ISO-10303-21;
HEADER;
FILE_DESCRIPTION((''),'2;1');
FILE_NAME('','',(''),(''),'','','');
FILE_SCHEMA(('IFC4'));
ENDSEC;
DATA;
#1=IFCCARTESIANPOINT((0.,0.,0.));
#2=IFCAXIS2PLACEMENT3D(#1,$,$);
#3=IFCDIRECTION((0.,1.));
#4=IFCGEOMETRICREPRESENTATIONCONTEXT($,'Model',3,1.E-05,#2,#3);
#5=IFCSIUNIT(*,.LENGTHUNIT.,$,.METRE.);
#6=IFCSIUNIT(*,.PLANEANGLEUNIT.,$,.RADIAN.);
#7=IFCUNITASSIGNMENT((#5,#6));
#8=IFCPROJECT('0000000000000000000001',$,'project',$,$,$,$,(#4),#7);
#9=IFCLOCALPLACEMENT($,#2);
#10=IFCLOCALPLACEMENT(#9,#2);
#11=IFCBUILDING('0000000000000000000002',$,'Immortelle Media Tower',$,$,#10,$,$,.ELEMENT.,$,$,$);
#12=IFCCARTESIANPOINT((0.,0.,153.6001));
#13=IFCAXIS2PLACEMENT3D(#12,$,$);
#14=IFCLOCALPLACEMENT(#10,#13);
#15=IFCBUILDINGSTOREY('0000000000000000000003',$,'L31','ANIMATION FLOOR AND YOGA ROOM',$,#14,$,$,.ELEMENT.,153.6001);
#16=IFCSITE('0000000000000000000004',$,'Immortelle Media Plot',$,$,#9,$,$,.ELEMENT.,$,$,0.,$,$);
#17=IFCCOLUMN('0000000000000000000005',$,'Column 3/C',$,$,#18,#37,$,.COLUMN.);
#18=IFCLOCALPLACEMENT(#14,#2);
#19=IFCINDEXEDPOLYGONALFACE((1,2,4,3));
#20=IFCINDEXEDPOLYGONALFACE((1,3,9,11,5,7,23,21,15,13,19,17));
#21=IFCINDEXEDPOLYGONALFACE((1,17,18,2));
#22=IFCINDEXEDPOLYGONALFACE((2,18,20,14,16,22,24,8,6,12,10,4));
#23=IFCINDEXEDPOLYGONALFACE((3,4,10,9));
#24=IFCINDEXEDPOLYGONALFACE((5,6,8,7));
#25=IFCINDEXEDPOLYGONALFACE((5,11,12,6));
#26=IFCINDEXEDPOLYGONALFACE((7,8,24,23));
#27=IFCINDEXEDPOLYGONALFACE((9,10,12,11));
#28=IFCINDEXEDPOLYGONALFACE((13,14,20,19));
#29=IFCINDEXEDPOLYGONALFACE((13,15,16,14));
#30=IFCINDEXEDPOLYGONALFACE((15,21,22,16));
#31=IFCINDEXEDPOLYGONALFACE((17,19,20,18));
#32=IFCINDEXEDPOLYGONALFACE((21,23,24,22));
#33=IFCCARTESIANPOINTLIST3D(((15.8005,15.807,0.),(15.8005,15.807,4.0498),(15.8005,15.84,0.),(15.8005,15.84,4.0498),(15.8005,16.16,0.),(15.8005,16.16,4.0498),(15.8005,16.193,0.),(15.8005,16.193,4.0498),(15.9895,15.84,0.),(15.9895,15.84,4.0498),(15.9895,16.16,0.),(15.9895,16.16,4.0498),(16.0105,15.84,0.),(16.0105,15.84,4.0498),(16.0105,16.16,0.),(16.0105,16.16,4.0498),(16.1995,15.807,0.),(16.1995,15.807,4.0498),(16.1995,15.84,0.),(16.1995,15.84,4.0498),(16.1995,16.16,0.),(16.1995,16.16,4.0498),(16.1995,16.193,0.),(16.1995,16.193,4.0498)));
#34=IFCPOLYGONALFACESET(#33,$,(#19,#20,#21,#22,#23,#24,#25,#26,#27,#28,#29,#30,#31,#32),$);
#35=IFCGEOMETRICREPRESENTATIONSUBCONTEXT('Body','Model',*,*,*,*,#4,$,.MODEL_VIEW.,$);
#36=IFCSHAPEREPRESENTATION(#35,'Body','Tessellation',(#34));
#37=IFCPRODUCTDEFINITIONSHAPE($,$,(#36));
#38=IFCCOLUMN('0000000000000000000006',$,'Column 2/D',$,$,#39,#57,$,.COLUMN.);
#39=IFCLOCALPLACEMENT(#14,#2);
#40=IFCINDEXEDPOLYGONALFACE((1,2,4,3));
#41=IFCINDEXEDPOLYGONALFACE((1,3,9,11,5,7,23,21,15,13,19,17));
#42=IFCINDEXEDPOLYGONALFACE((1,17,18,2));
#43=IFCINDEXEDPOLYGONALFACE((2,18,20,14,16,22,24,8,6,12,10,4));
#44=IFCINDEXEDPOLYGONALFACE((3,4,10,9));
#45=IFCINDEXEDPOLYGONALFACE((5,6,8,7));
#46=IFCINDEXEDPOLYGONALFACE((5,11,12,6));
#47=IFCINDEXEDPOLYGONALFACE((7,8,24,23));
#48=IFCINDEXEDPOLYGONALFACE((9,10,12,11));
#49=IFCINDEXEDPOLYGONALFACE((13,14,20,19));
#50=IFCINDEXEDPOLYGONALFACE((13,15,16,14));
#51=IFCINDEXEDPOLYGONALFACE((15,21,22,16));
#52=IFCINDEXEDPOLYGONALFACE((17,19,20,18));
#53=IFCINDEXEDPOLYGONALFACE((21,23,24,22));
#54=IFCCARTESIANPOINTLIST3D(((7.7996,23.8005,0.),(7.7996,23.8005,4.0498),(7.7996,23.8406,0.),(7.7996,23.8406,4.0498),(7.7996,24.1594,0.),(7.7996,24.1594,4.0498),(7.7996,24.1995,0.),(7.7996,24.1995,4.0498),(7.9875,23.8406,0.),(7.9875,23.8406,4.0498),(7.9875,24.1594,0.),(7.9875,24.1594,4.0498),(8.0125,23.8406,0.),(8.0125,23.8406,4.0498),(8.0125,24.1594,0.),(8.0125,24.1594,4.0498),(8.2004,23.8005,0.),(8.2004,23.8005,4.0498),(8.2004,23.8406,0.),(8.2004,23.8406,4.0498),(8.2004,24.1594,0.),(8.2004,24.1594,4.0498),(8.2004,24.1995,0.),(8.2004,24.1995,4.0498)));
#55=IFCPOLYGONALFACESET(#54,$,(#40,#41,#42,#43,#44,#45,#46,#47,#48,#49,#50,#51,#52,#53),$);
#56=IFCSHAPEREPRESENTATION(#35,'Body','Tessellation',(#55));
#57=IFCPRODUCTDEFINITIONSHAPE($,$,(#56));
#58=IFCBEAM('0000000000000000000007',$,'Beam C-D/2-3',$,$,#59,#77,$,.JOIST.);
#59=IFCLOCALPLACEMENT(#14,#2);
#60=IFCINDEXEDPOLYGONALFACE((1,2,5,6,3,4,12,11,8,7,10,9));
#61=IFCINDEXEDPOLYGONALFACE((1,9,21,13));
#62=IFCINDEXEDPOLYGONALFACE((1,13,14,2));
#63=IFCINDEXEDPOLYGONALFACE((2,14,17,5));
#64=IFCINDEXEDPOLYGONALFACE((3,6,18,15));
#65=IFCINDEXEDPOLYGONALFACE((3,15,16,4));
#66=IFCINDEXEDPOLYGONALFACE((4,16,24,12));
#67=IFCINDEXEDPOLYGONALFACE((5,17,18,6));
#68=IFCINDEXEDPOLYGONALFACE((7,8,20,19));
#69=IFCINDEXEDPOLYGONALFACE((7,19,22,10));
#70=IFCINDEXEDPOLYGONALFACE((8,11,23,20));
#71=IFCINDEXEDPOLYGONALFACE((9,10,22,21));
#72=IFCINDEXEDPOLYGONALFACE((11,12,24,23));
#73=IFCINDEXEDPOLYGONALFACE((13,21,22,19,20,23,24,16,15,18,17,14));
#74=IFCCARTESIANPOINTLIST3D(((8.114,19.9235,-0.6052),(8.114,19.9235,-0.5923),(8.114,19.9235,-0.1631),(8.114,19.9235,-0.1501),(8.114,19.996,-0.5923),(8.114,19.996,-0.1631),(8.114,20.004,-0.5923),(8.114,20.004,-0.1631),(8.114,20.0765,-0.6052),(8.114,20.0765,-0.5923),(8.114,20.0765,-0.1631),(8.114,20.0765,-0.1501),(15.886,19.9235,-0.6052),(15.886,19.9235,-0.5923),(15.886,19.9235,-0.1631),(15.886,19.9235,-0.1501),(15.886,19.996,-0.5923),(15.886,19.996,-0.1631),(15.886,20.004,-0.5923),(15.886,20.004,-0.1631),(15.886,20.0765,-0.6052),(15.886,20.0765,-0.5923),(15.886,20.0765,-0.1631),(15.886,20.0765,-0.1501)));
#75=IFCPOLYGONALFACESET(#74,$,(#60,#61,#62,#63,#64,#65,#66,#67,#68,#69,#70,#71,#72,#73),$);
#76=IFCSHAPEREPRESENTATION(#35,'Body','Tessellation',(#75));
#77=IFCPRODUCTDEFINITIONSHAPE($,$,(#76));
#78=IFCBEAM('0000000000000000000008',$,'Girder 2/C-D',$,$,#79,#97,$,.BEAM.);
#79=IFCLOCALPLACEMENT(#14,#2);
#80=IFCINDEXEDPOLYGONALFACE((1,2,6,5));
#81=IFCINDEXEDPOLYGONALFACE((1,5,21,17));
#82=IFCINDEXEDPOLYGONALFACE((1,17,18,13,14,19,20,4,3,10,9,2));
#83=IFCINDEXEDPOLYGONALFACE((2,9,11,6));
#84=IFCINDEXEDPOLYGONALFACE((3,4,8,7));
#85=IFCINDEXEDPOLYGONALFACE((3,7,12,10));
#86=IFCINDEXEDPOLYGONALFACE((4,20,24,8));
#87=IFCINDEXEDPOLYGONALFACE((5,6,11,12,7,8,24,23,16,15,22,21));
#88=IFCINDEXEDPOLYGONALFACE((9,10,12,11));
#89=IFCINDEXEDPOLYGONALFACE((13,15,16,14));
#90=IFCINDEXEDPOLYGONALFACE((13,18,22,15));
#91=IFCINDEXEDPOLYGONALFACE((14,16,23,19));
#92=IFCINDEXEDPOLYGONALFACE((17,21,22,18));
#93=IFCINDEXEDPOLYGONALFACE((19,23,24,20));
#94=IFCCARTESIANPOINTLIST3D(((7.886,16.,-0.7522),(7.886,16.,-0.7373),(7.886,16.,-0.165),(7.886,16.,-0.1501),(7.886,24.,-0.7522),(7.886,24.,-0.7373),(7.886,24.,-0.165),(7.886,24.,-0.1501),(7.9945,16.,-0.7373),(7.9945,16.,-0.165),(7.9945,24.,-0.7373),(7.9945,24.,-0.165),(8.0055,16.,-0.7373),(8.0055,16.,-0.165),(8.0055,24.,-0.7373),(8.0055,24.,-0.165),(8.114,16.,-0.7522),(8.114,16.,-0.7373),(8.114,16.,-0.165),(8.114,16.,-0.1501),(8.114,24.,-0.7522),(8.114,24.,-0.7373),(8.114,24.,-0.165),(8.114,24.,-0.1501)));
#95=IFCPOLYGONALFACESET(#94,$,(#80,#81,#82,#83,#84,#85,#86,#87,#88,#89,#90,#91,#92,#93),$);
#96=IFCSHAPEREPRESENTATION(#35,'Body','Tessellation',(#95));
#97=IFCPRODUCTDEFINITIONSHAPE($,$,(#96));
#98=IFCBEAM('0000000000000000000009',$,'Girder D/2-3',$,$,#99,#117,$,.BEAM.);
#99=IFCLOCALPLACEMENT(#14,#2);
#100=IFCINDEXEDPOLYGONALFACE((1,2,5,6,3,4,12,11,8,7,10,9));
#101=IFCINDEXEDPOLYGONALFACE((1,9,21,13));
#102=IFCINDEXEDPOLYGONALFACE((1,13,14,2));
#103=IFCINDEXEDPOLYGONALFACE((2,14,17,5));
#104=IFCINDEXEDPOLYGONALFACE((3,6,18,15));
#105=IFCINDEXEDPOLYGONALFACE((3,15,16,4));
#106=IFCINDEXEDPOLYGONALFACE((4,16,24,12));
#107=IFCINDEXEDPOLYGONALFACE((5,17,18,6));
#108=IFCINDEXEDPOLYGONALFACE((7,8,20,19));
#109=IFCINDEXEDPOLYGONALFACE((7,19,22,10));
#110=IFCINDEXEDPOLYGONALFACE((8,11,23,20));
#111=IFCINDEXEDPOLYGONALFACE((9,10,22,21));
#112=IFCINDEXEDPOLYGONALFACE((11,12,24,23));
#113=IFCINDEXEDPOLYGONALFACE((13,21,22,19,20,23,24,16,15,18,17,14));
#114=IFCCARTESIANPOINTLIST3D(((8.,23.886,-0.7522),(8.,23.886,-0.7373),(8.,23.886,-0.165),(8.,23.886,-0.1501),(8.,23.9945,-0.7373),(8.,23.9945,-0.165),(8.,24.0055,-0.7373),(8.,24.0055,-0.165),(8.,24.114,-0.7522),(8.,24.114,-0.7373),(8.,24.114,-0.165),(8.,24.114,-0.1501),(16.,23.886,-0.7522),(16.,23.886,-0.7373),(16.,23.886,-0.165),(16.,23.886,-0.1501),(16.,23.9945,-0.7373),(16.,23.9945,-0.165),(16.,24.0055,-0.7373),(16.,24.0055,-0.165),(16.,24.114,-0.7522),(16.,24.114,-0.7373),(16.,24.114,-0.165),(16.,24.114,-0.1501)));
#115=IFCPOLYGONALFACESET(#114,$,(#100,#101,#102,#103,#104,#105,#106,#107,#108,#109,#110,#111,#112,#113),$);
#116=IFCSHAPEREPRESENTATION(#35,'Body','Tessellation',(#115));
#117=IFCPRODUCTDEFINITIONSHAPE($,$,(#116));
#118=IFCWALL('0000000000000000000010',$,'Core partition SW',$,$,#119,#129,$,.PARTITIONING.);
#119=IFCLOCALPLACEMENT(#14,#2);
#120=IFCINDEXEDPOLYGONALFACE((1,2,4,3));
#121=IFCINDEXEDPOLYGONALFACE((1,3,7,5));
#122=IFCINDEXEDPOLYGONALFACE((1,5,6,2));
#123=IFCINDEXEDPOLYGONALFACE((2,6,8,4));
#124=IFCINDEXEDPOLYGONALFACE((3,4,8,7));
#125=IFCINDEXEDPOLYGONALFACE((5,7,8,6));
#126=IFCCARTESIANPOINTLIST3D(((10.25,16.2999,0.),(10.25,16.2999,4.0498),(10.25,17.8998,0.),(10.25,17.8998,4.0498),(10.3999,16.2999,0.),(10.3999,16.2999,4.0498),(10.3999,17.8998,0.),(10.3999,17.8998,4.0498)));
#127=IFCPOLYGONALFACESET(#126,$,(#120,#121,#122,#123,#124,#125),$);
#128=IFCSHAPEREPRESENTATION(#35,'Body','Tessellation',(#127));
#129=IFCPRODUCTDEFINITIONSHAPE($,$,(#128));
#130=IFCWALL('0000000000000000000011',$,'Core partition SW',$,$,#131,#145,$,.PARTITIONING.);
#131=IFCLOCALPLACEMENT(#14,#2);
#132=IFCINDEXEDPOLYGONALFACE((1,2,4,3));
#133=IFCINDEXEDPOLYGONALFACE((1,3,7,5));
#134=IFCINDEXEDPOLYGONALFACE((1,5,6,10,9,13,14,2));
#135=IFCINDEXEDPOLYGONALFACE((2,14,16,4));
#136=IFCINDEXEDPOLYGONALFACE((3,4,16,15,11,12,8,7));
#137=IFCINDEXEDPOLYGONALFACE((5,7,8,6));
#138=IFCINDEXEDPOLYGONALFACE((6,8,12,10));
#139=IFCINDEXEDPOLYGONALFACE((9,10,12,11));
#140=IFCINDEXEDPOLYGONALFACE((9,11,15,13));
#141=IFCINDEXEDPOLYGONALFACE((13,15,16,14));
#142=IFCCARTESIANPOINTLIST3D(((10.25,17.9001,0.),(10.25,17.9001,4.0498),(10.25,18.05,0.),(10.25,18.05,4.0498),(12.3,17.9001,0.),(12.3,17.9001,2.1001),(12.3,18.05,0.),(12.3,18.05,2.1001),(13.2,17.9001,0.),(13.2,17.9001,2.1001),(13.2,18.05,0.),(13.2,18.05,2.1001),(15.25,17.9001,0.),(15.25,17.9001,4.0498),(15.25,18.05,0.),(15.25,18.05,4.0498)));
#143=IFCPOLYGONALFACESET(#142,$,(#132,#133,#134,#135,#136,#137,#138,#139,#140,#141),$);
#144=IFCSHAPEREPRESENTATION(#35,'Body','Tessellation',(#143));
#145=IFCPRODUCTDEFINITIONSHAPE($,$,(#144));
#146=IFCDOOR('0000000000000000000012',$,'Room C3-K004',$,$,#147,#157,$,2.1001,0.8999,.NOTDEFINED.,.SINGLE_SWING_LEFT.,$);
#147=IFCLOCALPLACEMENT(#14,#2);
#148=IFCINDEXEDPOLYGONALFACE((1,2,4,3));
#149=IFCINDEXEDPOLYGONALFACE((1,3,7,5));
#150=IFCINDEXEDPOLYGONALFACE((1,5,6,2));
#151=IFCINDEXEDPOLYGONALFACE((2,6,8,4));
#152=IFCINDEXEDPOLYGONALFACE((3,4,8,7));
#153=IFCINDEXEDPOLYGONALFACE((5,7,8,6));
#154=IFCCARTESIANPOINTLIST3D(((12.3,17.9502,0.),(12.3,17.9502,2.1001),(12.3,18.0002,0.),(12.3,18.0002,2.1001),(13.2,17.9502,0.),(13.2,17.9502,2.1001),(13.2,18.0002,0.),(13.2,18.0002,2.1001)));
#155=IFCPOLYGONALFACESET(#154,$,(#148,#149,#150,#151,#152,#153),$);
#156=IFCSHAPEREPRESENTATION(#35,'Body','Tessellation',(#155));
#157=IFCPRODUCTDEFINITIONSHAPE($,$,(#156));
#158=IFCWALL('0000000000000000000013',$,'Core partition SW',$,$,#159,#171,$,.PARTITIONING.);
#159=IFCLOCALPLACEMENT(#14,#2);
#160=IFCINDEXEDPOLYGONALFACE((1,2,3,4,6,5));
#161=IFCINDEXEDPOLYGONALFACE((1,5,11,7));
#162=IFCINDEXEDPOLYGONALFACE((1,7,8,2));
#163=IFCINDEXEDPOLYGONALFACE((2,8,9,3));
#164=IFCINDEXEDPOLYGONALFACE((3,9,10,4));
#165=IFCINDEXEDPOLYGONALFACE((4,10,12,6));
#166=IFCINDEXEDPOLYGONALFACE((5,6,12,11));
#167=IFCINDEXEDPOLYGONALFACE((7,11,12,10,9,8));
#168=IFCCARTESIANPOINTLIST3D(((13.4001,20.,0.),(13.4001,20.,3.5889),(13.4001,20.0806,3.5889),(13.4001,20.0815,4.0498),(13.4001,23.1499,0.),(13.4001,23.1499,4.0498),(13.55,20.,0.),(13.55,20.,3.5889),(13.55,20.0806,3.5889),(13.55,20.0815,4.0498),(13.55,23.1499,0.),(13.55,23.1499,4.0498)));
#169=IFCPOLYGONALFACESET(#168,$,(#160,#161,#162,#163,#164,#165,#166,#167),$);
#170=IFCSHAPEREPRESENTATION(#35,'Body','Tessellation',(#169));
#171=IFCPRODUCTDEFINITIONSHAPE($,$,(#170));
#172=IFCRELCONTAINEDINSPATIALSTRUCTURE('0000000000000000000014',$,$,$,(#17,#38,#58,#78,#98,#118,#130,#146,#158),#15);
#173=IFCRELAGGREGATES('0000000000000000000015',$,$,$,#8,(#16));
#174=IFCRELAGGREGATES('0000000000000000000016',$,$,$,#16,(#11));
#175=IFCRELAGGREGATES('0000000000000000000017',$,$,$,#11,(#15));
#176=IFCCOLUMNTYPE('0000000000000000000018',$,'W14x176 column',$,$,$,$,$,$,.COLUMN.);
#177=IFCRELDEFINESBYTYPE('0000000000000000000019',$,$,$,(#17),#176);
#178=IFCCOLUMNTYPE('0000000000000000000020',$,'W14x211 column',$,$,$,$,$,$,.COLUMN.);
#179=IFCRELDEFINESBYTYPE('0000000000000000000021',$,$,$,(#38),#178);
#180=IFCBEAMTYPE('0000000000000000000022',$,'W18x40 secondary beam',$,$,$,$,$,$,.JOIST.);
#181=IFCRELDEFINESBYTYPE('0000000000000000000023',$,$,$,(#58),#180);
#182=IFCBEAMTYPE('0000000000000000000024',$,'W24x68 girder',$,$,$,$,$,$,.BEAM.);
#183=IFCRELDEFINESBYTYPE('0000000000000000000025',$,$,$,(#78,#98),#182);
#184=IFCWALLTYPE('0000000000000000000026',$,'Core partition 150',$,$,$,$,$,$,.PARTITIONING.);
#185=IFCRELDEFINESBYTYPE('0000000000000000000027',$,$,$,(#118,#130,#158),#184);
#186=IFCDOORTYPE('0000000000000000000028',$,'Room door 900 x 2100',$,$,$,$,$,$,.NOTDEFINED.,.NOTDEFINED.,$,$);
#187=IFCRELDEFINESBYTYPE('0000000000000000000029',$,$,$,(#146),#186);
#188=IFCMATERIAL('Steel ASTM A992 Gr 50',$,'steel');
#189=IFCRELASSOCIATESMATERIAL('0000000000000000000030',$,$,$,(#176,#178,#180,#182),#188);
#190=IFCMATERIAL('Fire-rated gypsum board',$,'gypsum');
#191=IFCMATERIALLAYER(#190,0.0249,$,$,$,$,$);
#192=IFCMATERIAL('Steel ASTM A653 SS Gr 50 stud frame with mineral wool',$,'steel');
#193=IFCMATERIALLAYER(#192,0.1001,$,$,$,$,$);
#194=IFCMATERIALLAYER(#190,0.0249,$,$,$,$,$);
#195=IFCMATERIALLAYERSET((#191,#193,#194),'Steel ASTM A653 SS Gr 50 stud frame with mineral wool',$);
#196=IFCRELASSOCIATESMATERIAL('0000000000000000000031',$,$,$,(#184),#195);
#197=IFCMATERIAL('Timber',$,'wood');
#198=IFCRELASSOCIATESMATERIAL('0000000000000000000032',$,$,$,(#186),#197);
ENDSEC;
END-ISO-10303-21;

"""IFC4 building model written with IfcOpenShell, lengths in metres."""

from ifc_helpers import new_model, si_unit, direction, frame, frame_2d, origin, origin_2d, place, context, subcontext, project, spatial, polyline, rectangle, i_section, outline, extrude, material, layer, layer_set, material_profile, profile_set, type_object, element, fill, save


model = new_model("IFC4")

# Units and contexts
model_context = context("Model", 3, precision=1e-05, world=origin(), true_north=direction((0.0, 1.0)))
body_context = subcontext(model_context, "Body", "Model", "MODEL_VIEW")
ifc_project = project(units=[si_unit("LENGTHUNIT", "METRE"), si_unit("PLANEANGLEUNIT", "RADIAN")], contexts=[model_context])

# Site, building, storey
site_placement = place(None, origin())
site = spatial("IfcSite", under=ifc_project, at=site_placement, Name="Immortelle Media Plot", CompositionType="ELEMENT", RefElevation=0.0)
building_placement = place(site_placement, origin())
building = spatial("IfcBuilding", under=site, at=building_placement, Name="Immortelle Media Tower", CompositionType="ELEMENT")
storey_placement = place(building_placement, frame((0.0, 0.0, 153.6001)))
storey = spatial("IfcBuildingStorey", under=building, at=storey_placement, Name="L31", Description="ANIMATION FLOOR AND YOGA ROOM", CompositionType="ELEMENT", Elevation=153.6001)

# Columns
ifc_material_1 = material(Name="Steel ASTM A992 Gr 50", Category="steel")
ifc_material_profile_1 = material_profile(ifc_material_1, i_section(OverallWidth=0.3989, OverallDepth=0.386, WebThickness=0.021, FlangeThickness=0.033, at=origin_2d()), Name="W14x176")
ifc_profile_set_1 = profile_set([ifc_material_profile_1], Name="Steel ASTM A992 Gr 50")
column_type_1 = type_object("IfcColumnType", Name="W14x176 column", PredefinedType="COLUMN", material=ifc_profile_set_1)
column_1_placement = place(storey_placement, frame((16.0, 16.0, 0.0), z_axis=(0.0, 0.0, 1.0), x_axis=(1.0, 0.0, 0.0)))
element("IfcColumn", 1, at=column_1_placement, inside=storey, type_object=column_type_1, Name="Column 3/C", PredefinedType="COLUMN", context=body_context, shape_type="SweptSolid", body=[
    extrude(i_section(OverallWidth=0.3989, OverallDepth=0.386, WebThickness=0.021, FlangeThickness=0.033, at=origin_2d()), origin(), (0.0, 0.0, 1.0), 4.0498),
])
ifc_material_profile_2 = material_profile(ifc_material_1, i_section(OverallWidth=0.4009, OverallDepth=0.3989, WebThickness=0.0249, FlangeThickness=0.04, at=origin_2d()), Name="W14x211")
ifc_profile_set_2 = profile_set([ifc_material_profile_2], Name="Steel ASTM A992 Gr 50")
column_type_2 = type_object("IfcColumnType", Name="W14x211 column", PredefinedType="COLUMN", material=ifc_profile_set_2)
column_2_placement = place(storey_placement, frame((8.0, 24.0, 0.0), z_axis=(0.0, 0.0, 1.0), x_axis=(1.0, 0.0, 0.0)))
element("IfcColumn", 2, at=column_2_placement, inside=storey, type_object=column_type_2, Name="Column 2/D", PredefinedType="COLUMN", context=body_context, shape_type="SweptSolid", body=[
    extrude(i_section(OverallWidth=0.4009, OverallDepth=0.3989, WebThickness=0.0249, FlangeThickness=0.04, at=origin_2d()), origin(), (0.0, 0.0, 1.0), 4.0498),
])

# Beams
ifc_material_profile_3 = material_profile(ifc_material_1, i_section(OverallWidth=0.1531, OverallDepth=0.4551, WebThickness=0.0081, FlangeThickness=0.0129, at=origin_2d()), Name="W18x40")
ifc_profile_set_3 = profile_set([ifc_material_profile_3], Name="Steel ASTM A992 Gr 50")
beam_type_1 = type_object("IfcBeamType", Name="W18x40 secondary beam", PredefinedType="JOIST", material=ifc_profile_set_3)
beam_placement = place(storey_placement, frame((8.114, 20.0, -0.3777), z_axis=(1.0, 0.0, 0.0), x_axis=(0.0, 1.0, 0.0)))
element("IfcBeam", 3, at=beam_placement, inside=storey, type_object=beam_type_1, Name="Beam C-D/2-3", PredefinedType="JOIST", context=body_context, shape_type="SweptSolid", body=[
    extrude(i_section(OverallWidth=0.1531, OverallDepth=0.4551, WebThickness=0.0081, FlangeThickness=0.0129, at=origin_2d()), origin(), (0.0, 0.0, 1.0), 7.772),
])
ifc_material_profile_4 = material_profile(ifc_material_1, i_section(OverallWidth=0.228, OverallDepth=0.6021, WebThickness=0.011, FlangeThickness=0.0149, at=origin_2d()), Name="W24x68")
ifc_profile_set_4 = profile_set([ifc_material_profile_4], Name="Steel ASTM A992 Gr 50")
beam_type_2 = type_object("IfcBeamType", Name="W24x68 girder", PredefinedType="BEAM", material=ifc_profile_set_4)
for number, where, z_axis, x_axis, name in (
    (4, (8.0, 16.0, -0.4512), (0.0, 1.0, 0.0), (-1.0, 0.0, 0.0), "Girder 2/C-D"),
    (5, (8.0, 24.0, -0.4512), (1.0, 0.0, 0.0), (0.0, 1.0, 0.0), "Girder D/2-3"),
):
    element("IfcBeam", number, at=place(storey_placement, frame(where, z_axis=z_axis, x_axis=x_axis)), inside=storey, type_object=beam_type_2, Name=name, PredefinedType="BEAM", context=body_context, shape_type="SweptSolid", body=[
        extrude(i_section(OverallWidth=0.228, OverallDepth=0.6021, WebThickness=0.011, FlangeThickness=0.0149, at=origin_2d()), origin(), (0.0, 0.0, 1.0), 8.0),
    ])

# Wall
ifc_material_2 = material(Name="Fire-rated gypsum board", Category="gypsum")
ifc_layer_1 = layer(ifc_material_2, 0.0249)
ifc_material_3 = material(Name="Steel ASTM A653 SS Gr 50 stud frame with mineral wool", Category="steel")
ifc_layer_2 = layer(ifc_material_3, 0.1001)
ifc_layer_3 = layer(ifc_material_2, 0.0249)
ifc_layer_set_1 = layer_set([ifc_layer_1, ifc_layer_2, ifc_layer_3], Name="Steel ASTM A653 SS Gr 50 stud frame with mineral wool")
wall_type_1 = type_object("IfcWallType", Name="Core partition 150", PredefinedType="PARTITIONING", material=ifc_layer_set_1)
wall_1_placement = place(storey_placement, frame((10.325, 16.3, 0.0), z_axis=(0.0, 0.0, 1.0), x_axis=(0.0, 1.0, 0.0)))
element("IfcWall", 6, at=wall_1_placement, inside=storey, type_object=wall_type_1, Name="Core partition SW", PredefinedType="PARTITIONING", context=body_context, shape_type="SweptSolid", body=[
    extrude(rectangle(XDim=1.5999, YDim=0.1499, at=frame_2d((0.7998, 0.0))), origin(), (0.0, 0.0, 1.0), 4.0498),
])

# Wall, opening, door
wall_2_placement = place(storey_placement, frame((10.25, 17.9751, 0.0), z_axis=(0.0, 0.0, 1.0), x_axis=(1.0, 0.0, 0.0)))
wall_2 = element("IfcWall", 7, at=wall_2_placement, inside=storey, type_object=wall_type_1, Name="Core partition SW", PredefinedType="PARTITIONING", context=body_context, shape_type="SweptSolid", body=[
    extrude(rectangle(XDim=5.0, YDim=0.1499, at=frame_2d((2.5, 0.0))), origin(), (0.0, 0.0, 1.0), 4.0498),
])
opening_1_placement = place(wall_2_placement, frame((2.95, 0.0, 0.0), z_axis=(0.0, 0.0, 1.0), x_axis=(-1.0, 0.0, 0.0)))
opening_1 = element("IfcOpeningElement", 8, at=opening_1_placement, cuts=wall_2, PredefinedType="OPENING", context=body_context, shape_type="SweptSolid", body=[
    extrude(rectangle(XDim=0.8999, YDim=2.1001, at=frame_2d((0.45, 1.05))), frame((0.0, 0.085, 0.0), z_axis=(0.0, -1.0, 0.0), x_axis=(1.0, 0.0, 0.0)), (0.0, 0.0, 1.0), 0.1699),
])
ifc_material_4 = material(Name="Timber", Category="wood")
door_type_1 = type_object("IfcDoorType", Name="Room door 900 x 2100", OperationType="NOTDEFINED", PredefinedType="NOTDEFINED", material=ifc_material_4)
door_1_placement = place(opening_1_placement, origin())
door_1 = element("IfcDoor", 9, at=door_1_placement, inside=storey, type_object=door_type_1, Name="Room C3-K004", OperationType="SINGLE_SWING_LEFT", OverallHeight=2.1001, OverallWidth=0.8999, PredefinedType="NOTDEFINED", context=body_context, shape_type="SweptSolid", body=[
    extrude(rectangle(XDim=0.8999, YDim=2.1001, at=frame_2d((0.45, 1.05))), frame((0.0, 0.0249, 0.0), z_axis=(0.0, -1.0, 0.0), x_axis=(1.0, 0.0, 0.0)), (0.0, 0.0, 1.0), 0.05),
])
fill(opening_1, door_1)

# Wall
wall_3_placement = place(storey_placement, frame((13.4751, 20.0, 0.0), z_axis=(0.0, 0.0, 1.0), x_axis=(0.0, 1.0, 0.0)))
element("IfcWall", 10, at=wall_3_placement, inside=storey, type_object=wall_type_1, Name="Core partition SW", PredefinedType="PARTITIONING", context=body_context, shape_type="SweptSolid", body=[
    extrude(outline(polyline([(0.0, 0.0), (3.1499, 0.0), (3.1499, 4.0498), (0.0815, 4.0498), (0.0806, 3.5889), (0.0, 3.5889), (0.0, 0.0)])), frame((0.0, 0.075, 0.0), z_axis=(0.0, -1.0, 0.0), x_axis=(1.0, 0.0, 0.0)), (0.0, 0.0, 1.0), 0.1499),
])

save(model, "model.ifc")
